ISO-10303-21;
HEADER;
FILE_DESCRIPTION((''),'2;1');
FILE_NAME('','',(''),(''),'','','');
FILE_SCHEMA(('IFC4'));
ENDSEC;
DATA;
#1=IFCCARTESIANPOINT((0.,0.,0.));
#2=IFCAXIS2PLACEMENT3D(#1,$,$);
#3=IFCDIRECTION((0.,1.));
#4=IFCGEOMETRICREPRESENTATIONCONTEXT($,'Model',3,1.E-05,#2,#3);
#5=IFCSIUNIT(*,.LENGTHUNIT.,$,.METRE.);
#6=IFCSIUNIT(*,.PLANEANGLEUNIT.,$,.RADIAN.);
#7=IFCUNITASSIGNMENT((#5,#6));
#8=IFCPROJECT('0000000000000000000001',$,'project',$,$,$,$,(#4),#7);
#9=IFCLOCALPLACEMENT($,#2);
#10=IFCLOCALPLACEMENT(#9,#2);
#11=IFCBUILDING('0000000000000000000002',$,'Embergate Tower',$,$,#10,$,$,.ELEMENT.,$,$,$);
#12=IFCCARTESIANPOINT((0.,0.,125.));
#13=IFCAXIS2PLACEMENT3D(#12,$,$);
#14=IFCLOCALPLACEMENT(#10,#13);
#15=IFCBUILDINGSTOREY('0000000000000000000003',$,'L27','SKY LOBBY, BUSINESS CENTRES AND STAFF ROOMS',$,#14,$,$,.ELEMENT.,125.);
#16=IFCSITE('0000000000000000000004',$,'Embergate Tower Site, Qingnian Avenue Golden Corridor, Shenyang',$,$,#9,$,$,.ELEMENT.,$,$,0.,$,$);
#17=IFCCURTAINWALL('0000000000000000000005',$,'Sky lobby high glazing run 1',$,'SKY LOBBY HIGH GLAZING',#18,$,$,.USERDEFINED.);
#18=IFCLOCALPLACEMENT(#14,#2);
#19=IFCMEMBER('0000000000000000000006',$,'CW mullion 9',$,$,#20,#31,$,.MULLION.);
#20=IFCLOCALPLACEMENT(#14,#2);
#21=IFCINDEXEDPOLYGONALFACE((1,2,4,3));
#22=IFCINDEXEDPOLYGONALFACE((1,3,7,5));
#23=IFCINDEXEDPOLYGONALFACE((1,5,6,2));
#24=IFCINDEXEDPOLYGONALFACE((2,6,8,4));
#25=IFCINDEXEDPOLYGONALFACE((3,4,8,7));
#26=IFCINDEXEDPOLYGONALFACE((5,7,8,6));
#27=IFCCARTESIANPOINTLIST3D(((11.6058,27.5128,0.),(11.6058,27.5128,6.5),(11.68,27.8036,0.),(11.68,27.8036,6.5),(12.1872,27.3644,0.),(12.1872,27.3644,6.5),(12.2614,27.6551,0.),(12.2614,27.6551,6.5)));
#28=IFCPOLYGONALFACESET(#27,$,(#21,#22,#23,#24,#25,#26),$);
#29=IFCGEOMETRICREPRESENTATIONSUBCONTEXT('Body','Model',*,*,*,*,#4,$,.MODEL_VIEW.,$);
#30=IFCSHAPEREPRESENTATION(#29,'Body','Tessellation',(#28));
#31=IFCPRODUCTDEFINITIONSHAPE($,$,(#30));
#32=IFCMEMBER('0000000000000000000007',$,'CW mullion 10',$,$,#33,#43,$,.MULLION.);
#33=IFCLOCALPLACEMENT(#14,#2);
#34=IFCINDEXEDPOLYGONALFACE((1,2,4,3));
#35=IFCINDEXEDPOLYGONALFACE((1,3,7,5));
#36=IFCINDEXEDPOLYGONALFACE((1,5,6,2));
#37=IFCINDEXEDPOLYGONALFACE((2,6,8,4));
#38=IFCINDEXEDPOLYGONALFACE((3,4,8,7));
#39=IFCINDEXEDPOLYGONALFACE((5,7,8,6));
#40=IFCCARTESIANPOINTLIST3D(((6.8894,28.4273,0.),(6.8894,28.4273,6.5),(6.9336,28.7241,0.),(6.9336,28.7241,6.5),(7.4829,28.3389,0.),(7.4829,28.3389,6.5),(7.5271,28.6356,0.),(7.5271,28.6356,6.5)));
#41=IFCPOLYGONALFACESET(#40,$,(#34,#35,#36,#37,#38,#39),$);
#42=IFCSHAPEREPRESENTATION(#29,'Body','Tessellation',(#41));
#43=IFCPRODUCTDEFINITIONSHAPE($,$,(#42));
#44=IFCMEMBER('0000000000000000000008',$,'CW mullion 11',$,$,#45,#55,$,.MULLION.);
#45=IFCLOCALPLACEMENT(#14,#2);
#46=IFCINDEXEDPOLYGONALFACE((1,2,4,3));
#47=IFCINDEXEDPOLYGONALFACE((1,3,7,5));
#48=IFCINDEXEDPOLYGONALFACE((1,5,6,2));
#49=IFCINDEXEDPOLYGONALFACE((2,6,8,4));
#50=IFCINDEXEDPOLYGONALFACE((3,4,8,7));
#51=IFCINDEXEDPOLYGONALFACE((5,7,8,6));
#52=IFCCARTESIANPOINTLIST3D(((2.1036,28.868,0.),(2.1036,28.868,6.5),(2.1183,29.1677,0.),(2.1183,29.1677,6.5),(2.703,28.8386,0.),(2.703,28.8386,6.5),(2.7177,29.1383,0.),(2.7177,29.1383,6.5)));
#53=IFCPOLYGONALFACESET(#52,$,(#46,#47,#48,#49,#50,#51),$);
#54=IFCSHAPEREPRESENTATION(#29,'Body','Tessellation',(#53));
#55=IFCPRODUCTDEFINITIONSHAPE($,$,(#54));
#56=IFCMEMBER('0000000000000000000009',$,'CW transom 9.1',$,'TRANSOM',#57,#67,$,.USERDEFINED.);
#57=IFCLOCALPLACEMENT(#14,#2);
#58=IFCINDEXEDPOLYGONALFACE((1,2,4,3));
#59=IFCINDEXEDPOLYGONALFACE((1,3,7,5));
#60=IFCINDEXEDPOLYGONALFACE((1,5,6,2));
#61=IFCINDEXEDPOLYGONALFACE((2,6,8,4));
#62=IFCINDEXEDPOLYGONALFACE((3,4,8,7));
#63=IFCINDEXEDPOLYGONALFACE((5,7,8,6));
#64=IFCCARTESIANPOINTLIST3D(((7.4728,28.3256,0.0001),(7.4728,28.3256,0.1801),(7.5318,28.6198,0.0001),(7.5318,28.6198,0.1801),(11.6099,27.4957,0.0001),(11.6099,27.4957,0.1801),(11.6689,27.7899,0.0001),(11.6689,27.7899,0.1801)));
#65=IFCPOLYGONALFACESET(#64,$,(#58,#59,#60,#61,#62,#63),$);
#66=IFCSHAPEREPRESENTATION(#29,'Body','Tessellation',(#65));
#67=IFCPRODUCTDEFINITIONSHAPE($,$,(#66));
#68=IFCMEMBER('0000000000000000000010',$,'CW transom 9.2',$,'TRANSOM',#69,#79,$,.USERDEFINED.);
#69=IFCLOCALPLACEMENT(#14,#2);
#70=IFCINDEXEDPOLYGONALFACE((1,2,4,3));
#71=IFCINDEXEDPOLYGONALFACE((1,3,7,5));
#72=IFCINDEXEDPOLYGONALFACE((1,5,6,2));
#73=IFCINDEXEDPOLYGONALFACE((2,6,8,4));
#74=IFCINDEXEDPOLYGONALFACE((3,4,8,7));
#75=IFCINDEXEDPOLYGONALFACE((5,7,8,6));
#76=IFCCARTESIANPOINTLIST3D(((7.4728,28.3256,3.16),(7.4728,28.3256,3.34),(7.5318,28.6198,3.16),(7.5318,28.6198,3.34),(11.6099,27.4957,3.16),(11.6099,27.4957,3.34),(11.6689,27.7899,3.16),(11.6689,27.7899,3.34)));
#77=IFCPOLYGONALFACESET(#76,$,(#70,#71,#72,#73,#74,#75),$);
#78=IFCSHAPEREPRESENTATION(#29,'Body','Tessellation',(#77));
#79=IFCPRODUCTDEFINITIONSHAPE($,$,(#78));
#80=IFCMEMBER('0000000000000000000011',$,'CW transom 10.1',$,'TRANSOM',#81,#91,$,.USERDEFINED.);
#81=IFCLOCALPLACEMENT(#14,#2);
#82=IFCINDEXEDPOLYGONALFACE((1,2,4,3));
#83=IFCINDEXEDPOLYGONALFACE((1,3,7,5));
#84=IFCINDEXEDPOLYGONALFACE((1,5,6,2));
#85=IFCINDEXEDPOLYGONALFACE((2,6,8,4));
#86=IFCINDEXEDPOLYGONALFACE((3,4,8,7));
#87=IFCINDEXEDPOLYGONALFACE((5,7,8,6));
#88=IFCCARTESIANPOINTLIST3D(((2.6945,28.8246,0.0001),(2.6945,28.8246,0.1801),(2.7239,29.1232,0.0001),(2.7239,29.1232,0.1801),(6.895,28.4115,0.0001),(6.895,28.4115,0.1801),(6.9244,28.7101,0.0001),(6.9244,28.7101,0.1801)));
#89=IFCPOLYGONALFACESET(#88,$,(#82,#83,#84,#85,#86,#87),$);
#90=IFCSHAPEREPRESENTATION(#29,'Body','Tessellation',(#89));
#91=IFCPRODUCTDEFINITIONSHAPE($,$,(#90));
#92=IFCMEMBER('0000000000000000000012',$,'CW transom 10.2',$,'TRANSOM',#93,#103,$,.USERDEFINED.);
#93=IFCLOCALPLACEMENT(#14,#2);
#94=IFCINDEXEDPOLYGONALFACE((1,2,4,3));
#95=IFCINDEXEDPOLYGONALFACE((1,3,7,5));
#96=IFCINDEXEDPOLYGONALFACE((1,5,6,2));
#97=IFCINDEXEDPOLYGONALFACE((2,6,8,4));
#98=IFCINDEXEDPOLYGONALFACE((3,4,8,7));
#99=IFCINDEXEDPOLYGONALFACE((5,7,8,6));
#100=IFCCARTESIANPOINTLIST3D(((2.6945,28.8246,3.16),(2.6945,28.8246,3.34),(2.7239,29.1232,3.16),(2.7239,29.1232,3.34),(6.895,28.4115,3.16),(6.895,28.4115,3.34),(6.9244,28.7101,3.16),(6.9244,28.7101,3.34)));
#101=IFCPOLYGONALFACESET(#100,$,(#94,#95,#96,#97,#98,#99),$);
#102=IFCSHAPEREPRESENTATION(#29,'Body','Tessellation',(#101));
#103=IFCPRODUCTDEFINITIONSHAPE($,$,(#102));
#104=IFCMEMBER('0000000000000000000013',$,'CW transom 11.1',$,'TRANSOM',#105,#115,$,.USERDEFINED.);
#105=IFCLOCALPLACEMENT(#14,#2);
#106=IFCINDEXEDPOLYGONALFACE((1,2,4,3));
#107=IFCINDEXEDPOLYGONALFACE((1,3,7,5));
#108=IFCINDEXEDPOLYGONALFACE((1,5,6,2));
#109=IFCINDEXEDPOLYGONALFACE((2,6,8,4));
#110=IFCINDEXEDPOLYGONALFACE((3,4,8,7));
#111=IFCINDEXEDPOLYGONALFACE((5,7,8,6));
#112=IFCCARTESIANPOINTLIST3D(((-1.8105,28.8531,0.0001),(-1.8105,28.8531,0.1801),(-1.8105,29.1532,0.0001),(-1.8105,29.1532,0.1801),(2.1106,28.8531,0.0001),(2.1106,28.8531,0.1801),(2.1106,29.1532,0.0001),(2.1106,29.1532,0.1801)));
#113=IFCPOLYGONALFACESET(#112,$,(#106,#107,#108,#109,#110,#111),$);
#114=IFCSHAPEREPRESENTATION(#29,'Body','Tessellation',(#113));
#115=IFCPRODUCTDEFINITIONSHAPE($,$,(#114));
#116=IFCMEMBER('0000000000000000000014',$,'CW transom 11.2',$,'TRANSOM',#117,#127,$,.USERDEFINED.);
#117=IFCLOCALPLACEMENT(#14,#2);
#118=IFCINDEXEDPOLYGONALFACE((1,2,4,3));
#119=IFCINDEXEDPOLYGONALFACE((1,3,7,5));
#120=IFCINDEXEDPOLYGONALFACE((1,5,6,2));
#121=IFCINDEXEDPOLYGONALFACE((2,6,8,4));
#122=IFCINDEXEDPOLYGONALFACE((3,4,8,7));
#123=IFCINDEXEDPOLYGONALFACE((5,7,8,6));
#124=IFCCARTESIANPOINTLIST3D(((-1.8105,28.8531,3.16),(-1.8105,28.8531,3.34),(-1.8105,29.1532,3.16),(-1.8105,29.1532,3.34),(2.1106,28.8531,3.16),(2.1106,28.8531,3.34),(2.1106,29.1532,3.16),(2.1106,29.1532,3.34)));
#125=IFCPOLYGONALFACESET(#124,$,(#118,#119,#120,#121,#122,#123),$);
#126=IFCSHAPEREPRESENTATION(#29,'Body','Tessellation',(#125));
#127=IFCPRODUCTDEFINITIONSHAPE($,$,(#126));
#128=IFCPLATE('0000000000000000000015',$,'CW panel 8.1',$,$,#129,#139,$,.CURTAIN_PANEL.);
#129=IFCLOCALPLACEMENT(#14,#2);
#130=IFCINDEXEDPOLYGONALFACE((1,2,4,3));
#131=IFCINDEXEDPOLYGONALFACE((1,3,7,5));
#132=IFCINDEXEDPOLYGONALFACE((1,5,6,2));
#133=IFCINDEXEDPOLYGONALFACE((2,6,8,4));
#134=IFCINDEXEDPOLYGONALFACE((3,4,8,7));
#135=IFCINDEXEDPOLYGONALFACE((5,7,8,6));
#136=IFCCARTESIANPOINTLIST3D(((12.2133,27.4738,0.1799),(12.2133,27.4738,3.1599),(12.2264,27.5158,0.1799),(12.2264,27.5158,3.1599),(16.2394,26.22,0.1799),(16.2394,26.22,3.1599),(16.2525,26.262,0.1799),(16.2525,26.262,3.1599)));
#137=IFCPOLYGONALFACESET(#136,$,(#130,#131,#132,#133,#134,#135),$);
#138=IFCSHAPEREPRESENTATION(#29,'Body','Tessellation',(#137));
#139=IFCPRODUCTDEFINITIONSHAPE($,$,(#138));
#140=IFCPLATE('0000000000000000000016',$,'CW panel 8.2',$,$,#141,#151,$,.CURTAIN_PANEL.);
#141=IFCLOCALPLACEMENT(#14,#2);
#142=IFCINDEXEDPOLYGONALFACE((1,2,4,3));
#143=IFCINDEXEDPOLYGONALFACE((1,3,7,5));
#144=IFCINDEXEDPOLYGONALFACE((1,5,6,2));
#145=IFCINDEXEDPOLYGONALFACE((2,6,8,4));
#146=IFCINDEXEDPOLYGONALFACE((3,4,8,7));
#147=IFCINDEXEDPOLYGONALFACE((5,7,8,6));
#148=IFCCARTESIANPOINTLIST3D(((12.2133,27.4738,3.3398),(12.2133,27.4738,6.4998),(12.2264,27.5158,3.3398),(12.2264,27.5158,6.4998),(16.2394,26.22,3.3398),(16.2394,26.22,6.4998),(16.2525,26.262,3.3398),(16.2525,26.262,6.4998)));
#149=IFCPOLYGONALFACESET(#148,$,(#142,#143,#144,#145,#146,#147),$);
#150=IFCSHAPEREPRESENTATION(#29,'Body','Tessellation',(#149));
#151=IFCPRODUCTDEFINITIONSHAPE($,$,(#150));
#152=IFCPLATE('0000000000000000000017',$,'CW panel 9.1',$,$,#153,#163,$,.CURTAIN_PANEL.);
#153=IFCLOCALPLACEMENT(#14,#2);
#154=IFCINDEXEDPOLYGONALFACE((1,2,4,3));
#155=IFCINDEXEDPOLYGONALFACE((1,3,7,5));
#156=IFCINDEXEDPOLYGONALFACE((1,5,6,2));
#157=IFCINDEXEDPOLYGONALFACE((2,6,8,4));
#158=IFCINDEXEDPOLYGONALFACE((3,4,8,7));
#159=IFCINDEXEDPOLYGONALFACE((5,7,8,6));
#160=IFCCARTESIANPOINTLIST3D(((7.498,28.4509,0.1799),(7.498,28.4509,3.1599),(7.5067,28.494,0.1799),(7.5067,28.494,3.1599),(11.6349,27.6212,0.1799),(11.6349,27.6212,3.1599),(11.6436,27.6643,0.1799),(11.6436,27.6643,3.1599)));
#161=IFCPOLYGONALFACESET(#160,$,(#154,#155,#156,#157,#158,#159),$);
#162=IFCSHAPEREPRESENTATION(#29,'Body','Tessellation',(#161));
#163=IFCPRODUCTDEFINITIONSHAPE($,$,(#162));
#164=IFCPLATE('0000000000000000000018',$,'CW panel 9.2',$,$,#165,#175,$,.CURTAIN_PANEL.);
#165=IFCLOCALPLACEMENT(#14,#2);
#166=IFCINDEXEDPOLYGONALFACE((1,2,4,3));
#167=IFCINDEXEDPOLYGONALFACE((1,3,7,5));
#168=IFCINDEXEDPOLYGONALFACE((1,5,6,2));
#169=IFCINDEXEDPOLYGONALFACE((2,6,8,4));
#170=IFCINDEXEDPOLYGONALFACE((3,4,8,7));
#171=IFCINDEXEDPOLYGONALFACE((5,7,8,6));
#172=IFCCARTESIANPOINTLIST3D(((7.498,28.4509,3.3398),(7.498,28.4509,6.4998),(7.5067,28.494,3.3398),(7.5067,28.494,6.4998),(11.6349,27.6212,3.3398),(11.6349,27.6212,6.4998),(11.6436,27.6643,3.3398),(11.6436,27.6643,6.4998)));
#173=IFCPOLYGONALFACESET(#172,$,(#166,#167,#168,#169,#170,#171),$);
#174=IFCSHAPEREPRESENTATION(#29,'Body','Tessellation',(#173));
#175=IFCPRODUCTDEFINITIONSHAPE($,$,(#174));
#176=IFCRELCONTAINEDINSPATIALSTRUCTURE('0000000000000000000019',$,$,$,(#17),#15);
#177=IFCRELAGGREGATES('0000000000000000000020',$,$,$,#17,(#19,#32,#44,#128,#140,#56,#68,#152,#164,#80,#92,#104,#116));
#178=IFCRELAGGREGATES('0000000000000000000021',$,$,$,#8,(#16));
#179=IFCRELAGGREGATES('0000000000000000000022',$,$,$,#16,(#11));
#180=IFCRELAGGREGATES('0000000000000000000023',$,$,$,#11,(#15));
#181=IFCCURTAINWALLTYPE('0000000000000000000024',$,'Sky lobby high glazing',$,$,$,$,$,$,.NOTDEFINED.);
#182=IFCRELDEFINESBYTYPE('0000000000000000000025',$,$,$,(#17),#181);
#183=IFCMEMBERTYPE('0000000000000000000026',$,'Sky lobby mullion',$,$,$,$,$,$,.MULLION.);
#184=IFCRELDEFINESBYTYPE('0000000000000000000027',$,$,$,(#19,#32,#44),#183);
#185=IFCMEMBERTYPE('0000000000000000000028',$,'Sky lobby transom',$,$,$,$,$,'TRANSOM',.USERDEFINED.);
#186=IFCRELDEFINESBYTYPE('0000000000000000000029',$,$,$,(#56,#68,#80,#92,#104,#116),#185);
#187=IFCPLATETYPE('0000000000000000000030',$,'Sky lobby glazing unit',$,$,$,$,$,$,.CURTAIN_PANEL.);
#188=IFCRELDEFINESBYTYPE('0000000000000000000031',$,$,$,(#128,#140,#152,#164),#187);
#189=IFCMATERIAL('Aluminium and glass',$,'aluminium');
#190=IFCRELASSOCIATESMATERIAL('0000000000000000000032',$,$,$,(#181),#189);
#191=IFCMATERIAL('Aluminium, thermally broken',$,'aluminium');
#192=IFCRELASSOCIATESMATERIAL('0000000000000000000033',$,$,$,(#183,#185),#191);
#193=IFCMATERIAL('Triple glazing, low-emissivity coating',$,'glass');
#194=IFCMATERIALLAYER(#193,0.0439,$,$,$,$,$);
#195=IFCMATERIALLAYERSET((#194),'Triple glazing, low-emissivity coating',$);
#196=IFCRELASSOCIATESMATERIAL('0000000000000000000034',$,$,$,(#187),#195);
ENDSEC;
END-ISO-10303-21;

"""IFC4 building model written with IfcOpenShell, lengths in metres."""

from ifc_helpers import new_model, si_unit, direction, frame, origin, origin_2d, place, context, subcontext, project, spatial, rectangle, extrude, source, transform, mapped, material, layer, layer_set, material_profile, profile_set, type_object, element, aggregate, save


model = new_model("IFC4")

# Units and contexts
model_context = context("Model", 3, precision=1e-05, world=origin(), true_north=direction((0.0, 1.0)))
body_context = subcontext(model_context, "Body", "Model", "MODEL_VIEW")
ifc_project = project(units=[si_unit("LENGTHUNIT", "METRE"), si_unit("PLANEANGLEUNIT", "RADIAN")], contexts=[model_context])

# Site, building, storey
site_placement = place(None, origin())
site = spatial("IfcSite", under=ifc_project, at=site_placement, Name="Embergate Tower Site, Qingnian Avenue Golden Corridor, Shenyang", CompositionType="ELEMENT", RefElevation=0.0)
building_placement = place(site_placement, origin())
building = spatial("IfcBuilding", under=site, at=building_placement, Name="Embergate Tower", CompositionType="ELEMENT")
storey_placement = place(building_placement, frame((0.0, 0.0, 125.0)))
storey = spatial("IfcBuildingStorey", under=building, at=storey_placement, Name="L27", Description="SKY LOBBY, BUSINESS CENTRES AND STAFF ROOMS", CompositionType="ELEMENT", Elevation=125.0)

# Curtain wall, members, plates
ifc_material_1 = material(Name="Aluminium and glass", Category="aluminium")
curtain_wall_type = type_object("IfcCurtainWallType", Name="Sky lobby high glazing", PredefinedType="NOTDEFINED", material=ifc_material_1)
curtain_wall_placement = place(storey_placement, origin())
curtain_wall = element("IfcCurtainWall", 1, at=curtain_wall_placement, inside=storey, type_object=curtain_wall_type, Name="Sky lobby high glazing run 1", ObjectType="SKY LOBBY HIGH GLAZING", PredefinedType="USERDEFINED")
ifc_material_2 = material(Name="Aluminium, thermally broken", Category="aluminium")
ifc_material_profile_1 = material_profile(ifc_material_2, rectangle(XDim=0.3, YDim=0.6001, at=origin_2d()), Name="AL 600x300")
ifc_profile_set_1 = profile_set([ifc_material_profile_1], Name="Aluminium, thermally broken")
member_type_1 = type_object("IfcMemberType", Name="Sky lobby mullion", PredefinedType="MULLION", material=ifc_profile_set_1)
shared_shape_1 = source(origin(), body_context, "Body", "SweptSolid", [
    extrude(rectangle(XDim=0.3, YDim=0.6001, at=origin_2d()), origin(), (0.0, 0.0, 1.0), 6.5),
])
member_1_placement = place(storey_placement, frame((11.9336, 27.584, 0.0), z_axis=(0.0, 0.0, 1.0), x_axis=(-0.247308, -0.968937, 0.0)))
member_1 = element("IfcMember", 2, at=member_1_placement, type_object=member_type_1, Name="CW mullion 9", PredefinedType="MULLION", context=body_context, shape_type="MappedRepresentation", body=[
    mapped(shared_shape_1, transform((0.0, 0.0, 0.0))),
])
member_2_placement = place(storey_placement, frame((7.2083, 28.5315, 0.0), z_axis=(0.0, 0.0, 1.0), x_axis=(-0.147409, -0.989076, 0.0)))
member_2 = element("IfcMember", 3, at=member_2_placement, type_object=member_type_1, Name="CW mullion 10", PredefinedType="MULLION", context=body_context, shape_type="MappedRepresentation", body=[
    mapped(shared_shape_1, transform((0.0, 0.0, 0.0))),
])
member_3_placement = place(storey_placement, frame((2.4106, 29.0032, 0.0), z_axis=(0.0, 0.0, 1.0), x_axis=(-0.04897, -0.9988, 0.0)))
member_3 = element("IfcMember", 4, at=member_3_placement, type_object=member_type_1, Name="CW mullion 11", PredefinedType="MULLION", context=body_context, shape_type="MappedRepresentation", body=[
    mapped(shared_shape_1, transform((0.0, 0.0, 0.0))),
])
ifc_material_profile_2 = material_profile(ifc_material_2, rectangle(XDim=0.3, YDim=0.1799, at=origin_2d()), Name="AL 180x300")
ifc_profile_set_2 = profile_set([ifc_material_profile_2], Name="Aluminium, thermally broken")
member_type_2 = type_object("IfcMemberType", Name="Sky lobby transom", ElementType="TRANSOM", PredefinedType="USERDEFINED", material=ifc_profile_set_2)
shared_shape_2 = source(origin(), body_context, "Body", "SweptSolid", [
    extrude(rectangle(XDim=0.3, YDim=0.1799, at=origin_2d()), origin(), (0.0, 0.0, 1.0), 4.2195),
])
member_4_placement = place(storey_placement, frame((11.6394, 27.6428, 0.0901), z_axis=(-0.980469, 0.196672, 0.0), x_axis=(-0.196672, -0.980469, 0.0)))
member_4 = element("IfcMember", 5, at=member_4_placement, type_object=member_type_2, Name="CW transom 9.1", ObjectType="TRANSOM", PredefinedType="USERDEFINED", context=body_context, shape_type="MappedRepresentation", body=[
    mapped(shared_shape_2, transform((0.0, 0.0, 0.0))),
])
member_5_placement = place(storey_placement, frame((11.6394, 27.6428, 3.25), z_axis=(-0.980469, 0.196672, 0.0), x_axis=(-0.196672, -0.980469, 0.0)))
member_5 = element("IfcMember", 6, at=member_5_placement, type_object=member_type_2, Name="CW transom 9.2", ObjectType="TRANSOM", PredefinedType="USERDEFINED", context=body_context, shape_type="MappedRepresentation", body=[
    mapped(shared_shape_2, transform((0.0, 0.0, 0.0))),
])
shared_shape_3 = source(origin(), body_context, "Body", "SweptSolid", [
    extrude(rectangle(XDim=0.3, YDim=0.1799, at=origin_2d()), origin(), (0.0, 0.0, 1.0), 4.2207),
])
member_6_placement = place(storey_placement, frame((6.9097, 28.5608, 0.0901), z_axis=(-0.995199, 0.097871, 0.0), x_axis=(-0.097871, -0.995199, 0.0)))
member_6 = element("IfcMember", 7, at=member_6_placement, type_object=member_type_2, Name="CW transom 10.1", ObjectType="TRANSOM", PredefinedType="USERDEFINED", context=body_context, shape_type="MappedRepresentation", body=[
    mapped(shared_shape_3, transform((0.0, 0.0, 0.0))),
])
member_7_placement = place(storey_placement, frame((6.9097, 28.5608, 3.25), z_axis=(-0.995199, 0.097871, 0.0), x_axis=(-0.097871, -0.995199, 0.0)))
member_7 = element("IfcMember", 8, at=member_7_placement, type_object=member_type_2, Name="CW transom 10.2", ObjectType="TRANSOM", PredefinedType="USERDEFINED", context=body_context, shape_type="MappedRepresentation", body=[
    mapped(shared_shape_3, transform((0.0, 0.0, 0.0))),
])
shared_shape_4 = source(origin(), body_context, "Body", "SweptSolid", [
    extrude(rectangle(XDim=0.3, YDim=0.1799, at=origin_2d()), origin(), (0.0, 0.0, 1.0), 3.9211),
])
member_8_placement = place(storey_placement, frame((2.1106, 29.0032, 0.0901), z_axis=(-1.0, 0.0, 0.0), x_axis=(0.0, -1.0, 0.0)))
member_8 = element("IfcMember", 9, at=member_8_placement, type_object=member_type_2, Name="CW transom 11.1", ObjectType="TRANSOM", PredefinedType="USERDEFINED", context=body_context, shape_type="MappedRepresentation", body=[
    mapped(shared_shape_4, transform((0.0, 0.0, 0.0))),
])
member_9_placement = place(storey_placement, frame((2.1106, 29.0032, 3.25), z_axis=(-1.0, 0.0, 0.0), x_axis=(0.0, -1.0, 0.0)))
member_9 = element("IfcMember", 10, at=member_9_placement, type_object=member_type_2, Name="CW transom 11.2", ObjectType="TRANSOM", PredefinedType="USERDEFINED", context=body_context, shape_type="MappedRepresentation", body=[
    mapped(shared_shape_4, transform((0.0, 0.0, 0.0))),
])
ifc_material_3 = material(Name="Triple glazing, low-emissivity coating", Category="glass")
ifc_layer_1 = layer(ifc_material_3, 0.0439)
ifc_layer_set_1 = layer_set([ifc_layer_1], Name="Triple glazing, low-emissivity coating")
plate_type = type_object("IfcPlateType", Name="Sky lobby glazing unit", PredefinedType="CURTAIN_PANEL", material=ifc_layer_set_1)
shared_shape_5 = source(origin(), body_context, "Body", "SweptSolid", [
    extrude(rectangle(XDim=4.2168, YDim=0.0439, at=origin_2d()), origin(), (0.0, 0.0, 1.0), 2.98),
])
plate_1_placement = place(storey_placement, frame((14.2329, 26.8679, 0.1799), z_axis=(0.0, 0.0, 1.0), x_axis=(-0.954773, 0.297337, 0.0)))
plate_1 = element("IfcPlate", 11, at=plate_1_placement, type_object=plate_type, Name="CW panel 8.1", PredefinedType="CURTAIN_PANEL", context=body_context, shape_type="MappedRepresentation", body=[
    mapped(shared_shape_5, transform((0.0, 0.0, 0.0))),
])
shared_shape_6 = source(origin(), body_context, "Body", "SweptSolid", [
    extrude(rectangle(XDim=4.2168, YDim=0.0439, at=origin_2d()), origin(), (0.0, 0.0, 1.0), 3.1599),
])
plate_2_placement = place(storey_placement, frame((14.2329, 26.8679, 3.3398), z_axis=(0.0, 0.0, 1.0), x_axis=(-0.954773, 0.297337, 0.0)))
plate_2 = element("IfcPlate", 12, at=plate_2_placement, type_object=plate_type, Name="CW panel 8.2", PredefinedType="CURTAIN_PANEL", context=body_context, shape_type="MappedRepresentation", body=[
    mapped(shared_shape_6, transform((0.0, 0.0, 0.0))),
])
shared_shape_7 = source(origin(), body_context, "Body", "SweptSolid", [
    extrude(rectangle(XDim=4.2192, YDim=0.0439, at=origin_2d()), origin(), (0.0, 0.0, 1.0), 2.98),
])
plate_3_placement = place(storey_placement, frame((9.5708, 28.0576, 0.1799), z_axis=(0.0, 0.0, 1.0), x_axis=(-0.980476, 0.196638, 0.0)))
plate_3 = element("IfcPlate", 13, at=plate_3_placement, type_object=plate_type, Name="CW panel 9.1", PredefinedType="CURTAIN_PANEL", context=body_context, shape_type="MappedRepresentation", body=[
    mapped(shared_shape_7, transform((0.0, 0.0, 0.0))),
])
shared_shape_8 = source(origin(), body_context, "Body", "SweptSolid", [
    extrude(rectangle(XDim=4.2192, YDim=0.0439, at=origin_2d()), origin(), (0.0, 0.0, 1.0), 3.1599),
])
plate_4_placement = place(storey_placement, frame((9.5708, 28.0576, 3.3398), z_axis=(0.0, 0.0, 1.0), x_axis=(-0.980476, 0.196638, 0.0)))
plate_4 = element("IfcPlate", 14, at=plate_4_placement, type_object=plate_type, Name="CW panel 9.2", PredefinedType="CURTAIN_PANEL", context=body_context, shape_type="MappedRepresentation", body=[
    mapped(shared_shape_8, transform((0.0, 0.0, 0.0))),
])
aggregate(curtain_wall, [member_1, member_2, member_3, plate_1, plate_2, member_4, member_5, plate_3, plate_4, member_6, member_7, member_8, member_9])

save(model, "model.ifc")
